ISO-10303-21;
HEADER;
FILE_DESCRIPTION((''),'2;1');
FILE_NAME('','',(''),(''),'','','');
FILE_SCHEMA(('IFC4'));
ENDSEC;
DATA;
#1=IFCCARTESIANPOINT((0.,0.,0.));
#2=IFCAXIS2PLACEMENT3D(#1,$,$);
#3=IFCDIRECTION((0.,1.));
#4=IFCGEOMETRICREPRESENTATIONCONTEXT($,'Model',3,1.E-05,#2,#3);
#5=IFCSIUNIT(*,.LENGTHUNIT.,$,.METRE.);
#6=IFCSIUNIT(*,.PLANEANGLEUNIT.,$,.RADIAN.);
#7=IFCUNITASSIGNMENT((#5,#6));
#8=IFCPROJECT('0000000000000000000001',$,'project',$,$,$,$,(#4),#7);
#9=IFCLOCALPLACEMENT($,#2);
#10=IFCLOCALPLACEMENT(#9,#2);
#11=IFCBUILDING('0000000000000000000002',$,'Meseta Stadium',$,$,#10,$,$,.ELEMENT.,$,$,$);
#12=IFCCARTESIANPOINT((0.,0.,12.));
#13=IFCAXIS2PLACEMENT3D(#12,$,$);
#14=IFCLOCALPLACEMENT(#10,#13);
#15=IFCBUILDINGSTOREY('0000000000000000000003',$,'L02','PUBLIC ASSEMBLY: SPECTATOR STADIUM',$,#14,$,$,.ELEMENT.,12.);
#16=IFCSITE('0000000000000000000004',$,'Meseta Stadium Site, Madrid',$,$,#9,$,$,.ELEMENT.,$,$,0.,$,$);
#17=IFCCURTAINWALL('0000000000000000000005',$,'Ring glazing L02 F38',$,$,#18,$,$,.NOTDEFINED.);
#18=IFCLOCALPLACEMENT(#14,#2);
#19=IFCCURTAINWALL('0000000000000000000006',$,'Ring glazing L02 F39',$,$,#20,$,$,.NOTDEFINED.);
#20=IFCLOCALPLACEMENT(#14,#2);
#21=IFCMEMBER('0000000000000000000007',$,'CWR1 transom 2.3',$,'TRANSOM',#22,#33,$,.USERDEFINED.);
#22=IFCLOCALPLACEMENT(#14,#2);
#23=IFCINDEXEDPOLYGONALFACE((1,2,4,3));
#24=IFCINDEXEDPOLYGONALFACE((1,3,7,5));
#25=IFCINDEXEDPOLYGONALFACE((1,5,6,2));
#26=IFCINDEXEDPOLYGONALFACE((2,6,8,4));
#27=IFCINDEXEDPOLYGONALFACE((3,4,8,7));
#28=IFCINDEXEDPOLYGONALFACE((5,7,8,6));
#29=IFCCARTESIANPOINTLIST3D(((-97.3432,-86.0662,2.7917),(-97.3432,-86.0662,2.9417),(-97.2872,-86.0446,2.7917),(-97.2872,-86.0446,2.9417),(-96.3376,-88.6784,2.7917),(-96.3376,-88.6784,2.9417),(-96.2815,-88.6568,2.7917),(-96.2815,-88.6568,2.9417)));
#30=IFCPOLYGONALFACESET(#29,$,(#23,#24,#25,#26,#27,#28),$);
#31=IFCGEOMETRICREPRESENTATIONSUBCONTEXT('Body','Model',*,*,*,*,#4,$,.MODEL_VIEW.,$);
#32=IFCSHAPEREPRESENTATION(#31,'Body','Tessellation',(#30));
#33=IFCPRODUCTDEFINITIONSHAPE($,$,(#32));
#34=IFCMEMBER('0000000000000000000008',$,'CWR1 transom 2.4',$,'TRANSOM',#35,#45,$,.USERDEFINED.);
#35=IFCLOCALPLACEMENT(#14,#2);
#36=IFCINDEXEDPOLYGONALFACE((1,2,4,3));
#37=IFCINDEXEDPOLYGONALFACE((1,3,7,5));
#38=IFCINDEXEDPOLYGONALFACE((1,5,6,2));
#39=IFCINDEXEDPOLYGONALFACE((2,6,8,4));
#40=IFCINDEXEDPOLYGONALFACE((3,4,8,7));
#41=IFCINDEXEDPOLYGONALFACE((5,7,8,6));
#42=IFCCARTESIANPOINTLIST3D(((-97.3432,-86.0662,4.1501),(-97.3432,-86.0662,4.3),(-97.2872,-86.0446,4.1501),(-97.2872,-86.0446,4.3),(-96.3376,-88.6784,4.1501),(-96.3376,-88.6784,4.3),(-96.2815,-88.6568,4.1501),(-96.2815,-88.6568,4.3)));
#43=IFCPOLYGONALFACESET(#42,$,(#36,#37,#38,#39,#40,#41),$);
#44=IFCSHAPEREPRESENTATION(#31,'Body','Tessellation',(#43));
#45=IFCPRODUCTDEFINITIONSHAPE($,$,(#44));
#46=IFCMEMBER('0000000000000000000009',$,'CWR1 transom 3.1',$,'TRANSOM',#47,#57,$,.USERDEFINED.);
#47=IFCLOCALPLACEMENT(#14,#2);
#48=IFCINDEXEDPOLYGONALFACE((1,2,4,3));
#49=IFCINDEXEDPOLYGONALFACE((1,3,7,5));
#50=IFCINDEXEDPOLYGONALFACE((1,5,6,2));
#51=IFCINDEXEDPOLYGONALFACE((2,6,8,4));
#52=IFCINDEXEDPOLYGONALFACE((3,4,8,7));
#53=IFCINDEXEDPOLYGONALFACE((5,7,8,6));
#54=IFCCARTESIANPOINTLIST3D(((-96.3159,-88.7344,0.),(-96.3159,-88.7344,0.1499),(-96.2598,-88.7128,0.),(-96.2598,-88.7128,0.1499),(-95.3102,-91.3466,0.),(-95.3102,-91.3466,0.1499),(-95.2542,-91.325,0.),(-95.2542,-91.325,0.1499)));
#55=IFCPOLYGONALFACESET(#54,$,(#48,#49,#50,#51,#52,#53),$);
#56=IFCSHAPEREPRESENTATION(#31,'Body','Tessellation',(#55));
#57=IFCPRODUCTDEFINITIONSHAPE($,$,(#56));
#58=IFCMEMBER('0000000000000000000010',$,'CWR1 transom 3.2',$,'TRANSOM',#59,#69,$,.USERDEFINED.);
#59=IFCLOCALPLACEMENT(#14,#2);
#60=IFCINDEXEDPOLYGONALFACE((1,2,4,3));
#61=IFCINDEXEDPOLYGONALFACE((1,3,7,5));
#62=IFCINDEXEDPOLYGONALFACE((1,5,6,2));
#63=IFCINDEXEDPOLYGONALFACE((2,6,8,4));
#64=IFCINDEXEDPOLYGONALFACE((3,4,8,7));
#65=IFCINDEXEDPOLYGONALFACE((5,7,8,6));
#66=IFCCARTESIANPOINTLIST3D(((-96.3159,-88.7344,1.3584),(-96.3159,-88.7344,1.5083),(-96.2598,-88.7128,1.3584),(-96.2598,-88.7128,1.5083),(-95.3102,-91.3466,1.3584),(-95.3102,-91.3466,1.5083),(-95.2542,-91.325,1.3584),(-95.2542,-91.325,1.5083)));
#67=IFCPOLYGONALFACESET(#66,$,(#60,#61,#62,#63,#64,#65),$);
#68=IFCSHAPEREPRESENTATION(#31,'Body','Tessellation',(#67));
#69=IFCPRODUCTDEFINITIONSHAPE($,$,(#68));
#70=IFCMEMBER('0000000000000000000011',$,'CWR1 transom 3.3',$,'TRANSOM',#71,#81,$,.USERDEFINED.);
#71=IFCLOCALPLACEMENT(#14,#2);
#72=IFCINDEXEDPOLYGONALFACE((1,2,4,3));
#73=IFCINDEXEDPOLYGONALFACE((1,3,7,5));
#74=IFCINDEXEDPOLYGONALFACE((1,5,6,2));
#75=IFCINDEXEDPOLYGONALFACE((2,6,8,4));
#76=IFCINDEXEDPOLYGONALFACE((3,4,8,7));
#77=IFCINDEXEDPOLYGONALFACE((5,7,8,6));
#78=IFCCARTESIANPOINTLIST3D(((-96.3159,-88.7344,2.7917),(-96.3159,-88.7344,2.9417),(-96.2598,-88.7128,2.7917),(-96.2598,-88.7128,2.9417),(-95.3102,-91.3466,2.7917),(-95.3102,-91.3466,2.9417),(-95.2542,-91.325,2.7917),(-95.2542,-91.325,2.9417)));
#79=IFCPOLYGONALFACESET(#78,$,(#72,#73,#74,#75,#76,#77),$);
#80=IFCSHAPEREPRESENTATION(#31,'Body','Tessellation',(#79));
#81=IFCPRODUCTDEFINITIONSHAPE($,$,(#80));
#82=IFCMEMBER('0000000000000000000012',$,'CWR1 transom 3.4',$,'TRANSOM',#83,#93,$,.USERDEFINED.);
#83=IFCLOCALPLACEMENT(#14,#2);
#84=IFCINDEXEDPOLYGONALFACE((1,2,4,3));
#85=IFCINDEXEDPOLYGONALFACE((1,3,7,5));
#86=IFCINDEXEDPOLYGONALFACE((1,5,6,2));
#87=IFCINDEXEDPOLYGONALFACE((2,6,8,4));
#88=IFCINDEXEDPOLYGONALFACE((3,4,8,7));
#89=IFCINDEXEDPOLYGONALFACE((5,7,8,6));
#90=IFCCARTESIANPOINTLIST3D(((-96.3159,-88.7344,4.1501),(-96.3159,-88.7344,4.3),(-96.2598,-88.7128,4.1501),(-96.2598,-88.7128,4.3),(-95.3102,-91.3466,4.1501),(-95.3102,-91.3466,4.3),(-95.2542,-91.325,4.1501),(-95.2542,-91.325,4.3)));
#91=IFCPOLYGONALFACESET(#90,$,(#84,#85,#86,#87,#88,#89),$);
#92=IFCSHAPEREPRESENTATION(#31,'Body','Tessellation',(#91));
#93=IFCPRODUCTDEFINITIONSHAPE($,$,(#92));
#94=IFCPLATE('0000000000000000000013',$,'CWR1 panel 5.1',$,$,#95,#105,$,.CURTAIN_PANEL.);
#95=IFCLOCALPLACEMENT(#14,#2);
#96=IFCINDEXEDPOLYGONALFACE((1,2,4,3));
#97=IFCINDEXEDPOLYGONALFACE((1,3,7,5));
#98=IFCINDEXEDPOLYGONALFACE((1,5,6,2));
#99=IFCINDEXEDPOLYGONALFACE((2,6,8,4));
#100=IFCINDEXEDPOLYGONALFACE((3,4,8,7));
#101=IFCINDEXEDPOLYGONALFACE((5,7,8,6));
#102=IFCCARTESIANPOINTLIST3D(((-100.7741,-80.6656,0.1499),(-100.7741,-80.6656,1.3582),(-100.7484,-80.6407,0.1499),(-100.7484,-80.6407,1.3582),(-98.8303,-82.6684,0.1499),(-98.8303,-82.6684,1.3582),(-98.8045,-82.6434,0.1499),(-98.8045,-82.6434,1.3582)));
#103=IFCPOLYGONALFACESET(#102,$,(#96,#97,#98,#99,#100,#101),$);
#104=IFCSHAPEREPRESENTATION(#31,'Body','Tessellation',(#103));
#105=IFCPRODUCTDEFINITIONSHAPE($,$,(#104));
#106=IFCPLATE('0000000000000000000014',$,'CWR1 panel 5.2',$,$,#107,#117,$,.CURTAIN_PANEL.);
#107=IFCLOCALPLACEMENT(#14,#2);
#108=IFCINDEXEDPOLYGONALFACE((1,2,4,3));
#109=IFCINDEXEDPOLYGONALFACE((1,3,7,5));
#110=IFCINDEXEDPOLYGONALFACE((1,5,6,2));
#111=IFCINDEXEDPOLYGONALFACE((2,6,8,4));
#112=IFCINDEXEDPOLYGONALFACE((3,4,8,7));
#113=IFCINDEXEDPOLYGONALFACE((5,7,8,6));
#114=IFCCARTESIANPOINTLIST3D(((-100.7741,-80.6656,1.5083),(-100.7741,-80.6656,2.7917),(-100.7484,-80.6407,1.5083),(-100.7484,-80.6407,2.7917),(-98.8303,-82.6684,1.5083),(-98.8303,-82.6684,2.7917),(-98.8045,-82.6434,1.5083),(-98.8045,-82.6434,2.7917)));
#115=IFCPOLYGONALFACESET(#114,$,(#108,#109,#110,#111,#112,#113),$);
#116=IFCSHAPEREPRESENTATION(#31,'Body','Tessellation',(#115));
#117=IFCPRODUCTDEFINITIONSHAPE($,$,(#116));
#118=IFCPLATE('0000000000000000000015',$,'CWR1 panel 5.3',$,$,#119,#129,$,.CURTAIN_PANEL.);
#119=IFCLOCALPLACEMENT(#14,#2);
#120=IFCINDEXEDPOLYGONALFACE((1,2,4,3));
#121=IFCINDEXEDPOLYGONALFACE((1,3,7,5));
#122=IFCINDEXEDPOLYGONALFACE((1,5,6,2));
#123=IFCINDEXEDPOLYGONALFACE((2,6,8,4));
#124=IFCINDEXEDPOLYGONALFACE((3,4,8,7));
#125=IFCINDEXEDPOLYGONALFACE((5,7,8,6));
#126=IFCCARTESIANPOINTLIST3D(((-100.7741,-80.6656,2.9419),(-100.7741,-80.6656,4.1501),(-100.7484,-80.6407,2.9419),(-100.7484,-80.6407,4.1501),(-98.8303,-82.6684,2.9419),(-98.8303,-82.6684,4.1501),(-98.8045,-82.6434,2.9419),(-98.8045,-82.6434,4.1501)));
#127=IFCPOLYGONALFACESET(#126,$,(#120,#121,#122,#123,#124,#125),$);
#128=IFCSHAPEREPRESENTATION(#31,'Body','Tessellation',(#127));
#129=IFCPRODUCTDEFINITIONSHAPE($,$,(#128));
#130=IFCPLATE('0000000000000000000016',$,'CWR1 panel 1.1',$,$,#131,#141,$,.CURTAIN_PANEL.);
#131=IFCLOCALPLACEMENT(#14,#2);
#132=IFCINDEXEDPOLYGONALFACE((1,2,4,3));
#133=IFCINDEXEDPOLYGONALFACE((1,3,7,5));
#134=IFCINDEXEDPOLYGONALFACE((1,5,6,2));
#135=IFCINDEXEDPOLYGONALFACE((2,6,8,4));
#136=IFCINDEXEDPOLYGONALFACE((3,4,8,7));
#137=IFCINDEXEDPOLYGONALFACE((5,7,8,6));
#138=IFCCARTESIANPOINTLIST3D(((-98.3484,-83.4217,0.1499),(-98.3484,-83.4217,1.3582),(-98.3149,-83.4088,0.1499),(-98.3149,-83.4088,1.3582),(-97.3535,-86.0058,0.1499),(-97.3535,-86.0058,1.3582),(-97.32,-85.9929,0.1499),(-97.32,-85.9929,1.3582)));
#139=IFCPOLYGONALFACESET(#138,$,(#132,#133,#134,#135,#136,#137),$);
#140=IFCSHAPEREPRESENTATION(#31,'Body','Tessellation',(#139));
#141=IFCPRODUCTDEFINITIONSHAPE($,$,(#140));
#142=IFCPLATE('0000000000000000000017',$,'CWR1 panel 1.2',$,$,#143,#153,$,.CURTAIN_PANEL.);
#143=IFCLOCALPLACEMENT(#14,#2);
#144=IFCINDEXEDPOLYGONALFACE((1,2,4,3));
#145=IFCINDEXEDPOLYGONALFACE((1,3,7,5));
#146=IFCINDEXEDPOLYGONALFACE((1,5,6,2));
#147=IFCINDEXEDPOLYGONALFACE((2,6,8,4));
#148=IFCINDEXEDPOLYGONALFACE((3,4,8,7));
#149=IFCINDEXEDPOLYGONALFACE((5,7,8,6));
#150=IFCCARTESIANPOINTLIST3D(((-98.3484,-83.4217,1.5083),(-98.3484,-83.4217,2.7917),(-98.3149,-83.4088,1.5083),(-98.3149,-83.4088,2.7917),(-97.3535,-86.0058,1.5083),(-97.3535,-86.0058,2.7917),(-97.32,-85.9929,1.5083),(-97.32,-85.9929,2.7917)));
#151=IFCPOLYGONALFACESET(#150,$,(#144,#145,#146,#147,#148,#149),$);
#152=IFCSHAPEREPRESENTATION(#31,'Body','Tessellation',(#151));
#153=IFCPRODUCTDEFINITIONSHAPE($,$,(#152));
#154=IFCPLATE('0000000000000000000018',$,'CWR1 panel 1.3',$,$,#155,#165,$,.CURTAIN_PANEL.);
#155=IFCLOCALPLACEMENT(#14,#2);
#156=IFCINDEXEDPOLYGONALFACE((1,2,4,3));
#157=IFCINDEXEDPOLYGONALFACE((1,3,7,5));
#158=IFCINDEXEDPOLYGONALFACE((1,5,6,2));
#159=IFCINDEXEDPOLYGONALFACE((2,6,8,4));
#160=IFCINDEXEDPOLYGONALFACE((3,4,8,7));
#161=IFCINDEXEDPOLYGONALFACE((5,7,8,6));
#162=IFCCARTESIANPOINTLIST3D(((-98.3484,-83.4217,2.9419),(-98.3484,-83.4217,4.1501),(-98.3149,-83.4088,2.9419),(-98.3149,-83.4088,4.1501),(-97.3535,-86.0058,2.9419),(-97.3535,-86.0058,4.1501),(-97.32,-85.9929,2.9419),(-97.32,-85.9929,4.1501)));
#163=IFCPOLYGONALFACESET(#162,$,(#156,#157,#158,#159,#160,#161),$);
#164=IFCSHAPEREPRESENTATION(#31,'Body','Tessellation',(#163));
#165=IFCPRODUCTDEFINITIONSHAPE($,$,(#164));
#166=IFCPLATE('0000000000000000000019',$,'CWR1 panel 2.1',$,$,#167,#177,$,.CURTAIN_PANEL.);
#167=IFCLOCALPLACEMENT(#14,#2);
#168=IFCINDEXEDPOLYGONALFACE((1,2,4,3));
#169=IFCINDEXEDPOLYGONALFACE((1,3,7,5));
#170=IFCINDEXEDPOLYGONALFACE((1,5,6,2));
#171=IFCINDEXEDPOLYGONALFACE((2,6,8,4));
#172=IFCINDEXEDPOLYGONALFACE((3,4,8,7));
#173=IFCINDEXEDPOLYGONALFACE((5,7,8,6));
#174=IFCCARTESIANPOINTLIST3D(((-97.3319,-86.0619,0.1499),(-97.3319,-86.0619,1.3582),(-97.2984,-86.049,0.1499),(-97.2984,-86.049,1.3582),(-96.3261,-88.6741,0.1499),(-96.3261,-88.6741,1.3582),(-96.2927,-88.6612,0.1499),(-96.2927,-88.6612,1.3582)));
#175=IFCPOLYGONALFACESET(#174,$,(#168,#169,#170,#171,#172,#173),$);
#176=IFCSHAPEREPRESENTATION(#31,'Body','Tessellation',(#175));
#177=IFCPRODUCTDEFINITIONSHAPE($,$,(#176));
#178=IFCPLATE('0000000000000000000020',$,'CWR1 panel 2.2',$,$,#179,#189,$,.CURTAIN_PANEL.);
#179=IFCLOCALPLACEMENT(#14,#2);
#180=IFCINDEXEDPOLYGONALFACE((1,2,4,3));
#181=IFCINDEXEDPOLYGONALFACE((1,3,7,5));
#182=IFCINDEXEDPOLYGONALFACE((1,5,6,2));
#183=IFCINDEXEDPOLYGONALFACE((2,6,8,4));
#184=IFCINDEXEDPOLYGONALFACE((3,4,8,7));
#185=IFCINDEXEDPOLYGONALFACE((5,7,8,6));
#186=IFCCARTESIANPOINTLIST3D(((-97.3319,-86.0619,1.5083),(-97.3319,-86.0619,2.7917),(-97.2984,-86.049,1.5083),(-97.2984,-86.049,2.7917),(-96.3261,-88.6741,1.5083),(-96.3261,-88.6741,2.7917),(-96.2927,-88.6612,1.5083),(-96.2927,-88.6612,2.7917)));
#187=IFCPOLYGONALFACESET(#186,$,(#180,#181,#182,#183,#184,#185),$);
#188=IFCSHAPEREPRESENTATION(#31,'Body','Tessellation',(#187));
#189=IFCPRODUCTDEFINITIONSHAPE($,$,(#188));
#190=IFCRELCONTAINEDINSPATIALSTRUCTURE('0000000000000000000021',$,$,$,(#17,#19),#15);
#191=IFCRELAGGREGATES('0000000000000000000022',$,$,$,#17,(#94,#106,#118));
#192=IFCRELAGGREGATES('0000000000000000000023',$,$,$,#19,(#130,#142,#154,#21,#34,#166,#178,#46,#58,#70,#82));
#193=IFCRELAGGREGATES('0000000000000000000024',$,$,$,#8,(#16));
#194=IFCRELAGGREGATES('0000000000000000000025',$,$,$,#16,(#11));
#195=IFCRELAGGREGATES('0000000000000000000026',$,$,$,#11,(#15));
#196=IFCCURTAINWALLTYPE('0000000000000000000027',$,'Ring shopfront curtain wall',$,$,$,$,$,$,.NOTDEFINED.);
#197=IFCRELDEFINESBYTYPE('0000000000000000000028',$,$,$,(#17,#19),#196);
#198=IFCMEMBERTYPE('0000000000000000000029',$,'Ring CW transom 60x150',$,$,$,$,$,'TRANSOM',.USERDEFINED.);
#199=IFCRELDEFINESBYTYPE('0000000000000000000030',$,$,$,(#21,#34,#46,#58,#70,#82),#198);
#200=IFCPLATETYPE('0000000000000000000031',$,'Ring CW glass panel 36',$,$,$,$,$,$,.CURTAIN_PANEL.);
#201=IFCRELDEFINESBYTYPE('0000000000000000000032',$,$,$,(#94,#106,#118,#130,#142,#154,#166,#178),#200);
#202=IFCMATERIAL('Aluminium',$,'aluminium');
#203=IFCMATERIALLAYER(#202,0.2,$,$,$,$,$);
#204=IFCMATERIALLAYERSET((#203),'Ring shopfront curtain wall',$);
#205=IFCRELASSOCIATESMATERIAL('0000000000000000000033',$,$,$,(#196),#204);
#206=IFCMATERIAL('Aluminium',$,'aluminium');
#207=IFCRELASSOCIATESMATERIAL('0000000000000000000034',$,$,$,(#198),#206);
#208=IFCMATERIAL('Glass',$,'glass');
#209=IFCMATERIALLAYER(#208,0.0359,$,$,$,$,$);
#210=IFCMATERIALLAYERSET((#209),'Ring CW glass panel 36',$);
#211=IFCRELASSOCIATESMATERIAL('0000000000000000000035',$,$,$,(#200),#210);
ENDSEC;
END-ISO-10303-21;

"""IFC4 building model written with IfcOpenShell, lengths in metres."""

from ifc_helpers import new_model, si_unit, direction, frame, origin, origin_2d, place, context, subcontext, project, spatial, rectangle, extrude, material, layer, layer_set, material_profile, profile_set, type_object, element, aggregate, save


model = new_model("IFC4")

# Units and contexts
model_context = context("Model", 3, precision=1e-05, world=origin(), true_north=direction((0.0, 1.0)))
body_context = subcontext(model_context, "Body", "Model", "MODEL_VIEW")
ifc_project = project(units=[si_unit("LENGTHUNIT", "METRE"), si_unit("PLANEANGLEUNIT", "RADIAN")], contexts=[model_context])

# Site, building, storey
site_placement = place(None, origin())
site = spatial("IfcSite", under=ifc_project, at=site_placement, Name="Meseta Stadium Site, Madrid", CompositionType="ELEMENT", RefElevation=0.0)
building_placement = place(site_placement, origin())
building = spatial("IfcBuilding", under=site, at=building_placement, Name="Meseta Stadium", CompositionType="ELEMENT")
storey_placement = place(building_placement, frame((0.0, 0.0, 12.0)))
storey = spatial("IfcBuildingStorey", under=building, at=storey_placement, Name="L02", Description="PUBLIC ASSEMBLY: SPECTATOR STADIUM", CompositionType="ELEMENT", Elevation=12.0)

# Curtain wall
ifc_material_1 = material(Name="Aluminium", Category="aluminium")
ifc_layer_1 = layer(ifc_material_1, 0.2)
ifc_layer_set_1 = layer_set([ifc_layer_1], Name="Ring shopfront curtain wall")
curtain_wall_type = type_object("IfcCurtainWallType", Name="Ring shopfront curtain wall", PredefinedType="NOTDEFINED", material=ifc_layer_set_1)
curtain_wall_1_placement = place(storey_placement, origin())
curtain_wall_1 = element("IfcCurtainWall", 1, at=curtain_wall_1_placement, inside=storey, type_object=curtain_wall_type, Name="Ring glazing L02 F38", PredefinedType="NOTDEFINED")

# Curtain wall, members
curtain_wall_2_placement = place(storey_placement, origin())
curtain_wall_2 = element("IfcCurtainWall", 2, at=curtain_wall_2_placement, inside=storey, type_object=curtain_wall_type, Name="Ring glazing L02 F39", PredefinedType="NOTDEFINED")
ifc_material_2 = material(Name="Aluminium", Category="aluminium")
ifc_material_profile_1 = material_profile(ifc_material_2, rectangle(XDim=0.0601, YDim=0.1499, at=origin_2d()), Name="CW 60x150")
ifc_profile_set_1 = profile_set([ifc_material_profile_1], Name="Aluminium")
member_type_1 = type_object("IfcMemberType", Name="Ring CW transom 60x150", ElementType="TRANSOM", PredefinedType="USERDEFINED", material=ifc_profile_set_1)
member_1_placement = place(storey_placement, frame((-97.3152, -86.0554, 2.8667), z_axis=(0.359283, -0.933229, 0.0), x_axis=(0.933229, 0.359283, 0.0)))
member_1 = element("IfcMember", 3, at=member_1_placement, type_object=member_type_1, Name="CWR1 transom 2.3", ObjectType="TRANSOM", PredefinedType="USERDEFINED", context=body_context, shape_type="SweptSolid", body=[
    extrude(rectangle(XDim=0.0601, YDim=0.1499, at=origin_2d()), origin(), (0.0, 0.0, 1.0), 2.7991),
])
member_2_placement = place(storey_placement, frame((-97.3152, -86.0554, 4.2251), z_axis=(0.359283, -0.933229, 0.0), x_axis=(0.933229, 0.359283, 0.0)))
member_2 = element("IfcMember", 4, at=member_2_placement, type_object=member_type_1, Name="CWR1 transom 2.4", ObjectType="TRANSOM", PredefinedType="USERDEFINED", context=body_context, shape_type="SweptSolid", body=[
    extrude(rectangle(XDim=0.0601, YDim=0.1499, at=origin_2d()), origin(), (0.0, 0.0, 1.0), 2.7991),
])
member_3_placement = place(storey_placement, frame((-96.2878, -88.7236, 0.075), z_axis=(0.359283, -0.933229, 0.0), x_axis=(0.933229, 0.359283, 0.0)))
member_3 = element("IfcMember", 5, at=member_3_placement, type_object=member_type_1, Name="CWR1 transom 3.1", ObjectType="TRANSOM", PredefinedType="USERDEFINED", context=body_context, shape_type="SweptSolid", body=[
    extrude(rectangle(XDim=0.0601, YDim=0.1499, at=origin_2d()), origin(), (0.0, 0.0, 1.0), 2.7991),
])
member_4_placement = place(storey_placement, frame((-96.2878, -88.7236, 1.4333), z_axis=(0.359283, -0.933229, 0.0), x_axis=(0.933229, 0.359283, 0.0)))
member_4 = element("IfcMember", 6, at=member_4_placement, type_object=member_type_1, Name="CWR1 transom 3.2", ObjectType="TRANSOM", PredefinedType="USERDEFINED", context=body_context, shape_type="SweptSolid", body=[
    extrude(rectangle(XDim=0.0601, YDim=0.1499, at=origin_2d()), origin(), (0.0, 0.0, 1.0), 2.7991),
])
member_5_placement = place(storey_placement, frame((-96.2878, -88.7236, 2.8667), z_axis=(0.359283, -0.933229, 0.0), x_axis=(0.933229, 0.359283, 0.0)))
member_5 = element("IfcMember", 7, at=member_5_placement, type_object=member_type_1, Name="CWR1 transom 3.3", ObjectType="TRANSOM", PredefinedType="USERDEFINED", context=body_context, shape_type="SweptSolid", body=[
    extrude(rectangle(XDim=0.0601, YDim=0.1499, at=origin_2d()), origin(), (0.0, 0.0, 1.0), 2.7991),
])
member_6_placement = place(storey_placement, frame((-96.2878, -88.7236, 4.2251), z_axis=(0.359283, -0.933229, 0.0), x_axis=(0.933229, 0.359283, 0.0)))
member_6 = element("IfcMember", 8, at=member_6_placement, type_object=member_type_1, Name="CWR1 transom 3.4", ObjectType="TRANSOM", PredefinedType="USERDEFINED", context=body_context, shape_type="SweptSolid", body=[
    extrude(rectangle(XDim=0.0601, YDim=0.1499, at=origin_2d()), origin(), (0.0, 0.0, 1.0), 2.7991),
])

# Plates
ifc_material_3 = material(Name="Glass", Category="glass")
ifc_layer_2 = layer(ifc_material_3, 0.0359)
ifc_layer_set_2 = layer_set([ifc_layer_2], Name="Ring CW glass panel 36")
plate_type_1 = type_object("IfcPlateType", Name="Ring CW glass panel 36", PredefinedType="CURTAIN_PANEL", material=ifc_layer_set_2)
plate_1_placement = place(storey_placement, frame((-99.7893, -81.6545, 0.1499), z_axis=(0.0, 0.0, 1.0), x_axis=(0.696473, -0.717583, 0.0)))
plate_1 = element("IfcPlate", 9, at=plate_1_placement, type_object=plate_type_1, Name="CWR1 panel 5.1", PredefinedType="CURTAIN_PANEL", context=body_context, shape_type="SweptSolid", body=[
    extrude(rectangle(XDim=2.791, YDim=0.0359, at=origin_2d()), origin(), (0.0, 0.0, 1.0), 1.2083),
])
plate_2_placement = place(storey_placement, frame((-99.7893, -81.6545, 1.5083), z_axis=(0.0, 0.0, 1.0), x_axis=(0.696473, -0.717583, 0.0)))
plate_2 = element("IfcPlate", 10, at=plate_2_placement, type_object=plate_type_1, Name="CWR1 panel 5.2", PredefinedType="CURTAIN_PANEL", context=body_context, shape_type="SweptSolid", body=[
    extrude(rectangle(XDim=2.791, YDim=0.0359, at=origin_2d()), origin(), (0.0, 0.0, 1.0), 1.2834),
])
plate_3_placement = place(storey_placement, frame((-99.7893, -81.6545, 2.9419), z_axis=(0.0, 0.0, 1.0), x_axis=(0.696473, -0.717583, 0.0)))
plate_3 = element("IfcPlate", 11, at=plate_3_placement, type_object=plate_type_1, Name="CWR1 panel 5.3", PredefinedType="CURTAIN_PANEL", context=body_context, shape_type="SweptSolid", body=[
    extrude(rectangle(XDim=2.791, YDim=0.0359, at=origin_2d()), origin(), (0.0, 0.0, 1.0), 1.2083),
])
aggregate(curtain_wall_1, [plate_1, plate_2, plate_3])
plate_4_placement = place(storey_placement, frame((-97.8342, -84.7073, 0.1499), z_axis=(0.0, 0.0, 1.0), x_axis=(0.359302, -0.933221, 0.0)))
plate_4 = element("IfcPlate", 12, at=plate_4_placement, type_object=plate_type_1, Name="CWR1 panel 1.1", PredefinedType="CURTAIN_PANEL", context=body_context, shape_type="SweptSolid", body=[
    extrude(rectangle(XDim=2.769, YDim=0.0359, at=origin_2d()), origin(), (0.0, 0.0, 1.0), 1.2083),
])
plate_5_placement = place(storey_placement, frame((-97.8342, -84.7073, 1.5083), z_axis=(0.0, 0.0, 1.0), x_axis=(0.359302, -0.933221, 0.0)))
plate_5 = element("IfcPlate", 13, at=plate_5_placement, type_object=plate_type_1, Name="CWR1 panel 1.2", PredefinedType="CURTAIN_PANEL", context=body_context, shape_type="SweptSolid", body=[
    extrude(rectangle(XDim=2.769, YDim=0.0359, at=origin_2d()), origin(), (0.0, 0.0, 1.0), 1.2834),
])
plate_6_placement = place(storey_placement, frame((-97.8342, -84.7073, 2.9419), z_axis=(0.0, 0.0, 1.0), x_axis=(0.359302, -0.933221, 0.0)))
plate_6 = element("IfcPlate", 14, at=plate_6_placement, type_object=plate_type_1, Name="CWR1 panel 1.3", PredefinedType="CURTAIN_PANEL", context=body_context, shape_type="SweptSolid", body=[
    extrude(rectangle(XDim=2.769, YDim=0.0359, at=origin_2d()), origin(), (0.0, 0.0, 1.0), 1.2083),
])
plate_7_placement = place(storey_placement, frame((-96.8123, -87.3616, 0.1499), z_axis=(0.0, 0.0, 1.0), x_axis=(0.359302, -0.933221, 0.0)))
plate_7 = element("IfcPlate", 15, at=plate_7_placement, type_object=plate_type_1, Name="CWR1 panel 2.1", PredefinedType="CURTAIN_PANEL", context=body_context, shape_type="SweptSolid", body=[
    extrude(rectangle(XDim=2.7991, YDim=0.0359, at=origin_2d()), origin(), (0.0, 0.0, 1.0), 1.2083),
])
plate_8_placement = place(storey_placement, frame((-96.8123, -87.3616, 1.5083), z_axis=(0.0, 0.0, 1.0), x_axis=(0.359302, -0.933221, 0.0)))
plate_8 = element("IfcPlate", 16, at=plate_8_placement, type_object=plate_type_1, Name="CWR1 panel 2.2", PredefinedType="CURTAIN_PANEL", context=body_context, shape_type="SweptSolid", body=[
    extrude(rectangle(XDim=2.7991, YDim=0.0359, at=origin_2d()), origin(), (0.0, 0.0, 1.0), 1.2834),
])
aggregate(curtain_wall_2, [plate_4, plate_5, plate_6, member_1, member_2, plate_7, plate_8, member_3, member_4, member_5, member_6])

save(model, "model.ifc")
